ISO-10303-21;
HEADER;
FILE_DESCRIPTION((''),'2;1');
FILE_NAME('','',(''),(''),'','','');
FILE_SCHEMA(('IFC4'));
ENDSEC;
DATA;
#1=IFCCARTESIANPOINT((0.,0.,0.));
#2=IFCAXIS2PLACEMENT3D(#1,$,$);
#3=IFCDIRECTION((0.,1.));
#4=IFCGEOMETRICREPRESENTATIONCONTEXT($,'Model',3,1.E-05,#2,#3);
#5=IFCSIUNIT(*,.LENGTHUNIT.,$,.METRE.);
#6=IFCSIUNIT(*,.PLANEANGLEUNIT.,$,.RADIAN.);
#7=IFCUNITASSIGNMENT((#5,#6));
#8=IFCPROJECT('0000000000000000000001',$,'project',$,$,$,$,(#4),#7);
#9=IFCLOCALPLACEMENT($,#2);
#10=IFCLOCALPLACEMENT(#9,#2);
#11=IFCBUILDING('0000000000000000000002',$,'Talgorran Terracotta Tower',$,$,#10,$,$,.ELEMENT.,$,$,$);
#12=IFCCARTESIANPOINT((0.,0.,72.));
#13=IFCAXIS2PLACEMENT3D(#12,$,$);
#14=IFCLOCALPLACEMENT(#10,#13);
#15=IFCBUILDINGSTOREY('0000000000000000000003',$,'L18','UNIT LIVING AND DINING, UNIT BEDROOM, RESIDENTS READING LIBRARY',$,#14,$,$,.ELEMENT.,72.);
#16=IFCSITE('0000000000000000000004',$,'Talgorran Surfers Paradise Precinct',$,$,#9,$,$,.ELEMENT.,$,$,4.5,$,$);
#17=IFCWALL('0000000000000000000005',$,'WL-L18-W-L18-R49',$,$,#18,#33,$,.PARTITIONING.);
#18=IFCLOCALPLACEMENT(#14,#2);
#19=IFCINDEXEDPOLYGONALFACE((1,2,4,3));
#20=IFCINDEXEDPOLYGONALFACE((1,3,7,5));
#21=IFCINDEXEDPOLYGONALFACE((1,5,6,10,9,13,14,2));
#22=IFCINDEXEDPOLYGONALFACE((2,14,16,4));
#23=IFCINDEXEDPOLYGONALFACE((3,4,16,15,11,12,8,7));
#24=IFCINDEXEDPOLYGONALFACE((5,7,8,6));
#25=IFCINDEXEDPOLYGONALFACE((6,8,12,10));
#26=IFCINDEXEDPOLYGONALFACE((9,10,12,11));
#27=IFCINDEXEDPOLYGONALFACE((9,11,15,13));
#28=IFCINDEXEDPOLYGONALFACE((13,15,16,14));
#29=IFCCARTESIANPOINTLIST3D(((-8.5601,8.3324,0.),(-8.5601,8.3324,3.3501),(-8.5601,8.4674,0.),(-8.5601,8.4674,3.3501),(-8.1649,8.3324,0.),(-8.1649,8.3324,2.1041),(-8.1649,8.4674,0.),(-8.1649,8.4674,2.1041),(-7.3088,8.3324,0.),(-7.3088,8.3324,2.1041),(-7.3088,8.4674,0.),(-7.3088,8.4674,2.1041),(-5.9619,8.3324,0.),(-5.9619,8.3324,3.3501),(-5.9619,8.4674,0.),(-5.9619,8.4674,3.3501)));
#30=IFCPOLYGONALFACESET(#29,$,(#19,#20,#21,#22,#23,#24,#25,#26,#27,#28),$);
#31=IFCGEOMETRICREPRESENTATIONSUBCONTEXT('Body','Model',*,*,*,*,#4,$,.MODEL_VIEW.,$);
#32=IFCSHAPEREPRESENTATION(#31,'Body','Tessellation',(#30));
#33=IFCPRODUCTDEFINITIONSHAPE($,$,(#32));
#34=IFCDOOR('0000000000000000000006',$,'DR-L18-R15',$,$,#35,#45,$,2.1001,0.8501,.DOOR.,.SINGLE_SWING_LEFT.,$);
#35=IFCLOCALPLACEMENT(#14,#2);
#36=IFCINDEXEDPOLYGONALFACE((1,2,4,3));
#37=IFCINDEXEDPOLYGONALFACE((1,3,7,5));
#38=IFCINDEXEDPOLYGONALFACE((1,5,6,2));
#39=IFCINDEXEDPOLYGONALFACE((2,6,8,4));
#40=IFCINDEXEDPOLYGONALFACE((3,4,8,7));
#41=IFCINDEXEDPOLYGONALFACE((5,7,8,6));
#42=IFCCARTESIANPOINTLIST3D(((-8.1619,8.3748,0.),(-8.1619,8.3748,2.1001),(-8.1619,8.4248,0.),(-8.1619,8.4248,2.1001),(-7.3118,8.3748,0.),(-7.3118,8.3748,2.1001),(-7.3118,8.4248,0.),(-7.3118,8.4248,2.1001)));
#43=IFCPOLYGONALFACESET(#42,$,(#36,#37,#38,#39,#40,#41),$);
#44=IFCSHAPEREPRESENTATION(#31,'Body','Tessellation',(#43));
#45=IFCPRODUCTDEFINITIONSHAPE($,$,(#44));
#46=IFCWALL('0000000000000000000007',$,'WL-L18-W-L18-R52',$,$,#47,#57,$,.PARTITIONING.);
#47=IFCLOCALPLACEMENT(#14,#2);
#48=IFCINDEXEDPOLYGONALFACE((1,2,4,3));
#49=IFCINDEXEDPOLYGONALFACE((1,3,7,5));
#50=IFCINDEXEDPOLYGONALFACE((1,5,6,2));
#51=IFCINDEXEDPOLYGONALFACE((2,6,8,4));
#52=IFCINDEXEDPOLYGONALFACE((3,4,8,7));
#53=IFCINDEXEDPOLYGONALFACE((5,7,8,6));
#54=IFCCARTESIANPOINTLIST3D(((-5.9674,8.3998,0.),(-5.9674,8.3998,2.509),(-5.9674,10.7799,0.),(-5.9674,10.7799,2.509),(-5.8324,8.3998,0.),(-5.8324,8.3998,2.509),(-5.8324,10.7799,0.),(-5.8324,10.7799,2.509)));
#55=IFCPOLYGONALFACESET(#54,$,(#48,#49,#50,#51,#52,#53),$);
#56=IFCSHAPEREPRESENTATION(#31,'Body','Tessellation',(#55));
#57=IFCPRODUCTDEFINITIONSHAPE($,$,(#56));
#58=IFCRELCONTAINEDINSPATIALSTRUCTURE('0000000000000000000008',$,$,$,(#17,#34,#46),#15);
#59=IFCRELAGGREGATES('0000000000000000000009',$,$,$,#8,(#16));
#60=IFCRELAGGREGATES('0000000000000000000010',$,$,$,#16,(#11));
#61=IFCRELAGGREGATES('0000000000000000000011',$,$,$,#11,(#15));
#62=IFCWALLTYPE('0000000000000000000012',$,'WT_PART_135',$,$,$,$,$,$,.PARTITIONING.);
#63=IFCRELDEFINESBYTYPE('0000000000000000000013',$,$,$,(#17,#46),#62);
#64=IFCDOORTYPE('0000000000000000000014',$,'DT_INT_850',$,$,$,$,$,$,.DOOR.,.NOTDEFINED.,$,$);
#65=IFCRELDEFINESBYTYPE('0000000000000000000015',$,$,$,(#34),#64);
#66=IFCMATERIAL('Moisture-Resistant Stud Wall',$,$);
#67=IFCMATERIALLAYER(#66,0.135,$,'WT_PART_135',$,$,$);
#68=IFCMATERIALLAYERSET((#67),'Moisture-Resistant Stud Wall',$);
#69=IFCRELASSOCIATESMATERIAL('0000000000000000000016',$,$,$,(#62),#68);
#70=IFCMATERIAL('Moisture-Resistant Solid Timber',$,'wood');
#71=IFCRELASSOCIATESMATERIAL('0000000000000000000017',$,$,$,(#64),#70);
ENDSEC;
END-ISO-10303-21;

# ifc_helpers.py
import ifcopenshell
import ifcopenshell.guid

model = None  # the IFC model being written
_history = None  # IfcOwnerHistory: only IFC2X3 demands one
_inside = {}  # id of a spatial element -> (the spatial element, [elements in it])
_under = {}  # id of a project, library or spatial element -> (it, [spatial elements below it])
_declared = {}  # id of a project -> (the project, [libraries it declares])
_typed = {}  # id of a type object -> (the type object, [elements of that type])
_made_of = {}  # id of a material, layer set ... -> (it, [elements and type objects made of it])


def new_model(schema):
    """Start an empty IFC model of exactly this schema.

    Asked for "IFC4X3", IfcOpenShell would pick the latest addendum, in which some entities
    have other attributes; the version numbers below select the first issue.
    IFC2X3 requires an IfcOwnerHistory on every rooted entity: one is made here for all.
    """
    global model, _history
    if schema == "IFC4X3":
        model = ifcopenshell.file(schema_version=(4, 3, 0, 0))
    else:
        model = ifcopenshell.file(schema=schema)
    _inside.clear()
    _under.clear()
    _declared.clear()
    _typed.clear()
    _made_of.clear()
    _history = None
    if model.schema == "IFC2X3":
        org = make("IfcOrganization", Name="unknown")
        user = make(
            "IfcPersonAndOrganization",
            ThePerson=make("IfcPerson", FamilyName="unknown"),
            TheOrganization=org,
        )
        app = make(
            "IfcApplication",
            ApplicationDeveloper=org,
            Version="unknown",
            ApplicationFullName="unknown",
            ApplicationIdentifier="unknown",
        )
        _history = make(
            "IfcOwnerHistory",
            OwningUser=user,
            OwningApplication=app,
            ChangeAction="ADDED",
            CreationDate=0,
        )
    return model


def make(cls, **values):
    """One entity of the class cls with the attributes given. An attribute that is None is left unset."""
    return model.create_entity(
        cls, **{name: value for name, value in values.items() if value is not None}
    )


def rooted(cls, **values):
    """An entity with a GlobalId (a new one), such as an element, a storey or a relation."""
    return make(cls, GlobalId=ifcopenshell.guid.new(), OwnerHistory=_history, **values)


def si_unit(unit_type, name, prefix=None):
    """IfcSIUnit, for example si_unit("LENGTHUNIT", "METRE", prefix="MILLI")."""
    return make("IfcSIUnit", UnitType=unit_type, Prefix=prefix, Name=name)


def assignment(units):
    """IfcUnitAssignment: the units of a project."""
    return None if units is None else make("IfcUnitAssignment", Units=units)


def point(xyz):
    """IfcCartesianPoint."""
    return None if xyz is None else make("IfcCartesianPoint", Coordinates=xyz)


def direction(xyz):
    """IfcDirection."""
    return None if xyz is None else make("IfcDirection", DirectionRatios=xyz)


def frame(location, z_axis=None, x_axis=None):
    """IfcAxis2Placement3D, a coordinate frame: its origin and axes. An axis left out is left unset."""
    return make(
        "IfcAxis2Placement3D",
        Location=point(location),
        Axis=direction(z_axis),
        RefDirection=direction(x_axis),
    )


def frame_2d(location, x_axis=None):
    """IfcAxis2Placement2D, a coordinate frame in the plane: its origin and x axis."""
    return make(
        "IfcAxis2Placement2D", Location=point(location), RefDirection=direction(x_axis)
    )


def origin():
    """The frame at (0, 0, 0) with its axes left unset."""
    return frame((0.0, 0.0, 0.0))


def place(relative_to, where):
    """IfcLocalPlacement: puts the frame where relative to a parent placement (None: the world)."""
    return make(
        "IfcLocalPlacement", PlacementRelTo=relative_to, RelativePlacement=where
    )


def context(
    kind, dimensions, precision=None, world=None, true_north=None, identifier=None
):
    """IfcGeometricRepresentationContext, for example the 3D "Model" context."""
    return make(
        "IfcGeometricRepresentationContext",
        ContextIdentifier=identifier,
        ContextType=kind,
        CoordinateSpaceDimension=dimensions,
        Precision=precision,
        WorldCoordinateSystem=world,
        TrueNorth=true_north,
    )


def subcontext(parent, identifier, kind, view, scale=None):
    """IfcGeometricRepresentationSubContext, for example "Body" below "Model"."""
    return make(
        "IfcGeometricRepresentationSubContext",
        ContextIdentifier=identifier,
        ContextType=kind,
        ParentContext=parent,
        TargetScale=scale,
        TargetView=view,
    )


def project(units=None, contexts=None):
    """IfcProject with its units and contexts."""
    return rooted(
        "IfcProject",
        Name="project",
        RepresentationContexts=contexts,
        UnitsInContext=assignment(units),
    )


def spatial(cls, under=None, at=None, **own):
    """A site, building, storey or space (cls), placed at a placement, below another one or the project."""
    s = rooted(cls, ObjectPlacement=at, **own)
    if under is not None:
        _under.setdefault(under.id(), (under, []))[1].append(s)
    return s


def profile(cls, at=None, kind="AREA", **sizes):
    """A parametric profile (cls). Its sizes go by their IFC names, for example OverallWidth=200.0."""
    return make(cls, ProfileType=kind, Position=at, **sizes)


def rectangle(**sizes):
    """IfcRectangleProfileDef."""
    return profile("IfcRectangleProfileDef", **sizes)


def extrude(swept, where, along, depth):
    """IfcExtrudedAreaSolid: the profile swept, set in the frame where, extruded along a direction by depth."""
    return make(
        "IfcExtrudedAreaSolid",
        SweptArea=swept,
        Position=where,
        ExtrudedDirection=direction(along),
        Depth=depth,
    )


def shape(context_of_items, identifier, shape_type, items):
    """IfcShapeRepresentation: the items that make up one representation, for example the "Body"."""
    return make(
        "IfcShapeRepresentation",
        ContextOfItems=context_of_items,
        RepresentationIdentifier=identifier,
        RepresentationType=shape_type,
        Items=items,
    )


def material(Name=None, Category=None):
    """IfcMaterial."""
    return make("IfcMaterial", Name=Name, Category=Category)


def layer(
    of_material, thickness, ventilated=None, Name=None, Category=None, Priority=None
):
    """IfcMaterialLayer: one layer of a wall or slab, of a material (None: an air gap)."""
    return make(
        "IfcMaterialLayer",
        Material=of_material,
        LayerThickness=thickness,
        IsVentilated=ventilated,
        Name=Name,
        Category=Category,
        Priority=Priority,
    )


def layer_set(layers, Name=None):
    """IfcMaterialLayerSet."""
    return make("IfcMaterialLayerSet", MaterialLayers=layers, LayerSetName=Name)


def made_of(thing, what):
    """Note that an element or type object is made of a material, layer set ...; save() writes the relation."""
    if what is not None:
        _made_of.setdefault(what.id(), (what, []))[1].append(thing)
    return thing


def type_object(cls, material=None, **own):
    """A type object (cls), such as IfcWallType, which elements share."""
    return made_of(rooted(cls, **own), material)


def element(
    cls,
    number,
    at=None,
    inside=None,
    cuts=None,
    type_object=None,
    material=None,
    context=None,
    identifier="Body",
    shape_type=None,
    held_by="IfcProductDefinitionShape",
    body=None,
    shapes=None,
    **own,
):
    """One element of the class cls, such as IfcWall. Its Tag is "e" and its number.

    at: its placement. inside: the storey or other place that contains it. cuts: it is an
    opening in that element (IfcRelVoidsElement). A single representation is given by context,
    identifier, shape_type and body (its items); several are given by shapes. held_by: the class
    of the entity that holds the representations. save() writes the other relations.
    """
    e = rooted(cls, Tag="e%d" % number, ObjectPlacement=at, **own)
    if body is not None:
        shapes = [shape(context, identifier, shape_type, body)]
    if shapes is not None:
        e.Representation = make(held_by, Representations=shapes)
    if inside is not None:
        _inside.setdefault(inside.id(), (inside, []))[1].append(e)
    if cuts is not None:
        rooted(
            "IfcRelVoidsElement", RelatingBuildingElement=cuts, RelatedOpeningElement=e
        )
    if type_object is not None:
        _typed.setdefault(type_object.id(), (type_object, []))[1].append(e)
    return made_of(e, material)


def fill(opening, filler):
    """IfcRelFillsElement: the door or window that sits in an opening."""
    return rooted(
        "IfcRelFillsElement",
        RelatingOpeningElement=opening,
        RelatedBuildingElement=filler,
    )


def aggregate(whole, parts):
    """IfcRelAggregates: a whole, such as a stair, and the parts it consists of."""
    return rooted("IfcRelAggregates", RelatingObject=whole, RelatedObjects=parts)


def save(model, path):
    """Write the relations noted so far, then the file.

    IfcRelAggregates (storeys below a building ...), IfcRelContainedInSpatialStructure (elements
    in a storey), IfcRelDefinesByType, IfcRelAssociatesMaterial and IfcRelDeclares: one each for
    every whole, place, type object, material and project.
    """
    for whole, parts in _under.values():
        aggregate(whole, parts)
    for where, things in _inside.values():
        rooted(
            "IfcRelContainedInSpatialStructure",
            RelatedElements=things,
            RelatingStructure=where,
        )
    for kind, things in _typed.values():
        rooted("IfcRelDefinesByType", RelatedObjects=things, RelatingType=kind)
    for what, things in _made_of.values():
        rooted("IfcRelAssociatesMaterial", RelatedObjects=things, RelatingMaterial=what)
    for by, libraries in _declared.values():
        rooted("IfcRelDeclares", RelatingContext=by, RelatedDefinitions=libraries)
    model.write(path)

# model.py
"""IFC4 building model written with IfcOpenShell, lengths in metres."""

from ifc_helpers import new_model, si_unit, direction, frame, frame_2d, origin, place, context, subcontext, project, spatial, rectangle, extrude, material, layer, layer_set, type_object, element, fill, save


model = new_model("IFC4")

# Units and contexts
model_context = context("Model", 3, precision=1e-05, world=origin(), true_north=direction((0.0, 1.0)))
body_context = subcontext(model_context, "Body", "Model", "MODEL_VIEW")
ifc_project = project(units=[si_unit("LENGTHUNIT", "METRE"), si_unit("PLANEANGLEUNIT", "RADIAN")], contexts=[model_context])

# Site, building, storey
site_placement = place(None, origin())
site = spatial("IfcSite", under=ifc_project, at=site_placement, Name="Talgorran Surfers Paradise Precinct", CompositionType="ELEMENT", RefElevation=4.5)
building_placement = place(site_placement, origin())
building = spatial("IfcBuilding", under=site, at=building_placement, Name="Talgorran Terracotta Tower", CompositionType="ELEMENT")
storey_placement = place(building_placement, frame((0.0, 0.0, 72.0)))
storey = spatial("IfcBuildingStorey", under=building, at=storey_placement, Name="L18", Description="UNIT LIVING AND DINING, UNIT BEDROOM, RESIDENTS READING LIBRARY", CompositionType="ELEMENT", Elevation=72.0)

# Shared definitions
ifc_material_1 = material(Name="Moisture-Resistant Stud Wall")
ifc_layer_1 = layer(ifc_material_1, 0.135, Name="WT_PART_135")
ifc_layer_set_1 = layer_set([ifc_layer_1], Name="Moisture-Resistant Stud Wall")
wall_type_1 = type_object("IfcWallType", Name="WT_PART_135", PredefinedType="PARTITIONING", material=ifc_layer_set_1)

# Wall, opening, door
wall_1_placement = place(storey_placement, frame((-8.5601, 8.3999, 0.0), z_axis=(0.0, 0.0, 1.0), x_axis=(1.0, 0.0, 0.0)))
wall_1 = element("IfcWall", 1, at=wall_1_placement, inside=storey, type_object=wall_type_1, Name="WL-L18-W-L18-R49", PredefinedType="PARTITIONING", context=body_context, shape_type="SweptSolid", body=[
    extrude(rectangle(XDim=2.5981, YDim=0.135, at=frame_2d((1.2991, 0.0))), origin(), (0.0, 0.0, 1.0), 3.3501),
])
opening_1_placement = place(wall_1_placement, frame((0.3982, 0.0, 0.0)))
opening_1 = element("IfcOpeningElement", 2, at=opening_1_placement, cuts=wall_1, PredefinedType="OPENING", context=body_context, shape_type="SweptSolid", body=[
    extrude(rectangle(XDim=0.8561, YDim=2.1041, at=frame_2d((0.425, 1.052))), frame((0.0, 0.0776, 0.0), z_axis=(0.0, -1.0, 0.0), x_axis=(1.0, 0.0, 0.0)), (0.0, 0.0, 1.0), 0.155),
])
ifc_material_2 = material(Name="Moisture-Resistant Solid Timber", Category="wood")
door_type_1 = type_object("IfcDoorType", Name="DT_INT_850", OperationType="NOTDEFINED", PredefinedType="DOOR", material=ifc_material_2)
door_1_placement = place(opening_1_placement, origin())
door_1 = element("IfcDoor", 3, at=door_1_placement, inside=storey, type_object=door_type_1, Name="DR-L18-R15", OperationType="SINGLE_SWING_LEFT", OverallHeight=2.1001, OverallWidth=0.8501, PredefinedType="DOOR", context=body_context, shape_type="SweptSolid", body=[
    extrude(rectangle(XDim=0.8501, YDim=2.1001, at=frame_2d((0.425, 1.05))), frame((0.0, 0.0249, 0.0), z_axis=(0.0, -1.0, 0.0), x_axis=(1.0, 0.0, 0.0)), (0.0, 0.0, 1.0), 0.05),
])
fill(opening_1, door_1)

# Wall
wall_2_placement = place(storey_placement, frame((-5.8999, 8.3999, 0.0), z_axis=(0.0, 0.0, 1.0), x_axis=(0.0, 1.0, 0.0)))
element("IfcWall", 4, at=wall_2_placement, inside=storey, type_object=wall_type_1, Name="WL-L18-W-L18-R52", PredefinedType="PARTITIONING", context=body_context, shape_type="SweptSolid", body=[
    extrude(rectangle(XDim=2.3801, YDim=0.135, at=frame_2d((1.1899, 0.0))), origin(), (0.0, 0.0, 1.0), 2.509),
])

save(model, "model.ifc")
